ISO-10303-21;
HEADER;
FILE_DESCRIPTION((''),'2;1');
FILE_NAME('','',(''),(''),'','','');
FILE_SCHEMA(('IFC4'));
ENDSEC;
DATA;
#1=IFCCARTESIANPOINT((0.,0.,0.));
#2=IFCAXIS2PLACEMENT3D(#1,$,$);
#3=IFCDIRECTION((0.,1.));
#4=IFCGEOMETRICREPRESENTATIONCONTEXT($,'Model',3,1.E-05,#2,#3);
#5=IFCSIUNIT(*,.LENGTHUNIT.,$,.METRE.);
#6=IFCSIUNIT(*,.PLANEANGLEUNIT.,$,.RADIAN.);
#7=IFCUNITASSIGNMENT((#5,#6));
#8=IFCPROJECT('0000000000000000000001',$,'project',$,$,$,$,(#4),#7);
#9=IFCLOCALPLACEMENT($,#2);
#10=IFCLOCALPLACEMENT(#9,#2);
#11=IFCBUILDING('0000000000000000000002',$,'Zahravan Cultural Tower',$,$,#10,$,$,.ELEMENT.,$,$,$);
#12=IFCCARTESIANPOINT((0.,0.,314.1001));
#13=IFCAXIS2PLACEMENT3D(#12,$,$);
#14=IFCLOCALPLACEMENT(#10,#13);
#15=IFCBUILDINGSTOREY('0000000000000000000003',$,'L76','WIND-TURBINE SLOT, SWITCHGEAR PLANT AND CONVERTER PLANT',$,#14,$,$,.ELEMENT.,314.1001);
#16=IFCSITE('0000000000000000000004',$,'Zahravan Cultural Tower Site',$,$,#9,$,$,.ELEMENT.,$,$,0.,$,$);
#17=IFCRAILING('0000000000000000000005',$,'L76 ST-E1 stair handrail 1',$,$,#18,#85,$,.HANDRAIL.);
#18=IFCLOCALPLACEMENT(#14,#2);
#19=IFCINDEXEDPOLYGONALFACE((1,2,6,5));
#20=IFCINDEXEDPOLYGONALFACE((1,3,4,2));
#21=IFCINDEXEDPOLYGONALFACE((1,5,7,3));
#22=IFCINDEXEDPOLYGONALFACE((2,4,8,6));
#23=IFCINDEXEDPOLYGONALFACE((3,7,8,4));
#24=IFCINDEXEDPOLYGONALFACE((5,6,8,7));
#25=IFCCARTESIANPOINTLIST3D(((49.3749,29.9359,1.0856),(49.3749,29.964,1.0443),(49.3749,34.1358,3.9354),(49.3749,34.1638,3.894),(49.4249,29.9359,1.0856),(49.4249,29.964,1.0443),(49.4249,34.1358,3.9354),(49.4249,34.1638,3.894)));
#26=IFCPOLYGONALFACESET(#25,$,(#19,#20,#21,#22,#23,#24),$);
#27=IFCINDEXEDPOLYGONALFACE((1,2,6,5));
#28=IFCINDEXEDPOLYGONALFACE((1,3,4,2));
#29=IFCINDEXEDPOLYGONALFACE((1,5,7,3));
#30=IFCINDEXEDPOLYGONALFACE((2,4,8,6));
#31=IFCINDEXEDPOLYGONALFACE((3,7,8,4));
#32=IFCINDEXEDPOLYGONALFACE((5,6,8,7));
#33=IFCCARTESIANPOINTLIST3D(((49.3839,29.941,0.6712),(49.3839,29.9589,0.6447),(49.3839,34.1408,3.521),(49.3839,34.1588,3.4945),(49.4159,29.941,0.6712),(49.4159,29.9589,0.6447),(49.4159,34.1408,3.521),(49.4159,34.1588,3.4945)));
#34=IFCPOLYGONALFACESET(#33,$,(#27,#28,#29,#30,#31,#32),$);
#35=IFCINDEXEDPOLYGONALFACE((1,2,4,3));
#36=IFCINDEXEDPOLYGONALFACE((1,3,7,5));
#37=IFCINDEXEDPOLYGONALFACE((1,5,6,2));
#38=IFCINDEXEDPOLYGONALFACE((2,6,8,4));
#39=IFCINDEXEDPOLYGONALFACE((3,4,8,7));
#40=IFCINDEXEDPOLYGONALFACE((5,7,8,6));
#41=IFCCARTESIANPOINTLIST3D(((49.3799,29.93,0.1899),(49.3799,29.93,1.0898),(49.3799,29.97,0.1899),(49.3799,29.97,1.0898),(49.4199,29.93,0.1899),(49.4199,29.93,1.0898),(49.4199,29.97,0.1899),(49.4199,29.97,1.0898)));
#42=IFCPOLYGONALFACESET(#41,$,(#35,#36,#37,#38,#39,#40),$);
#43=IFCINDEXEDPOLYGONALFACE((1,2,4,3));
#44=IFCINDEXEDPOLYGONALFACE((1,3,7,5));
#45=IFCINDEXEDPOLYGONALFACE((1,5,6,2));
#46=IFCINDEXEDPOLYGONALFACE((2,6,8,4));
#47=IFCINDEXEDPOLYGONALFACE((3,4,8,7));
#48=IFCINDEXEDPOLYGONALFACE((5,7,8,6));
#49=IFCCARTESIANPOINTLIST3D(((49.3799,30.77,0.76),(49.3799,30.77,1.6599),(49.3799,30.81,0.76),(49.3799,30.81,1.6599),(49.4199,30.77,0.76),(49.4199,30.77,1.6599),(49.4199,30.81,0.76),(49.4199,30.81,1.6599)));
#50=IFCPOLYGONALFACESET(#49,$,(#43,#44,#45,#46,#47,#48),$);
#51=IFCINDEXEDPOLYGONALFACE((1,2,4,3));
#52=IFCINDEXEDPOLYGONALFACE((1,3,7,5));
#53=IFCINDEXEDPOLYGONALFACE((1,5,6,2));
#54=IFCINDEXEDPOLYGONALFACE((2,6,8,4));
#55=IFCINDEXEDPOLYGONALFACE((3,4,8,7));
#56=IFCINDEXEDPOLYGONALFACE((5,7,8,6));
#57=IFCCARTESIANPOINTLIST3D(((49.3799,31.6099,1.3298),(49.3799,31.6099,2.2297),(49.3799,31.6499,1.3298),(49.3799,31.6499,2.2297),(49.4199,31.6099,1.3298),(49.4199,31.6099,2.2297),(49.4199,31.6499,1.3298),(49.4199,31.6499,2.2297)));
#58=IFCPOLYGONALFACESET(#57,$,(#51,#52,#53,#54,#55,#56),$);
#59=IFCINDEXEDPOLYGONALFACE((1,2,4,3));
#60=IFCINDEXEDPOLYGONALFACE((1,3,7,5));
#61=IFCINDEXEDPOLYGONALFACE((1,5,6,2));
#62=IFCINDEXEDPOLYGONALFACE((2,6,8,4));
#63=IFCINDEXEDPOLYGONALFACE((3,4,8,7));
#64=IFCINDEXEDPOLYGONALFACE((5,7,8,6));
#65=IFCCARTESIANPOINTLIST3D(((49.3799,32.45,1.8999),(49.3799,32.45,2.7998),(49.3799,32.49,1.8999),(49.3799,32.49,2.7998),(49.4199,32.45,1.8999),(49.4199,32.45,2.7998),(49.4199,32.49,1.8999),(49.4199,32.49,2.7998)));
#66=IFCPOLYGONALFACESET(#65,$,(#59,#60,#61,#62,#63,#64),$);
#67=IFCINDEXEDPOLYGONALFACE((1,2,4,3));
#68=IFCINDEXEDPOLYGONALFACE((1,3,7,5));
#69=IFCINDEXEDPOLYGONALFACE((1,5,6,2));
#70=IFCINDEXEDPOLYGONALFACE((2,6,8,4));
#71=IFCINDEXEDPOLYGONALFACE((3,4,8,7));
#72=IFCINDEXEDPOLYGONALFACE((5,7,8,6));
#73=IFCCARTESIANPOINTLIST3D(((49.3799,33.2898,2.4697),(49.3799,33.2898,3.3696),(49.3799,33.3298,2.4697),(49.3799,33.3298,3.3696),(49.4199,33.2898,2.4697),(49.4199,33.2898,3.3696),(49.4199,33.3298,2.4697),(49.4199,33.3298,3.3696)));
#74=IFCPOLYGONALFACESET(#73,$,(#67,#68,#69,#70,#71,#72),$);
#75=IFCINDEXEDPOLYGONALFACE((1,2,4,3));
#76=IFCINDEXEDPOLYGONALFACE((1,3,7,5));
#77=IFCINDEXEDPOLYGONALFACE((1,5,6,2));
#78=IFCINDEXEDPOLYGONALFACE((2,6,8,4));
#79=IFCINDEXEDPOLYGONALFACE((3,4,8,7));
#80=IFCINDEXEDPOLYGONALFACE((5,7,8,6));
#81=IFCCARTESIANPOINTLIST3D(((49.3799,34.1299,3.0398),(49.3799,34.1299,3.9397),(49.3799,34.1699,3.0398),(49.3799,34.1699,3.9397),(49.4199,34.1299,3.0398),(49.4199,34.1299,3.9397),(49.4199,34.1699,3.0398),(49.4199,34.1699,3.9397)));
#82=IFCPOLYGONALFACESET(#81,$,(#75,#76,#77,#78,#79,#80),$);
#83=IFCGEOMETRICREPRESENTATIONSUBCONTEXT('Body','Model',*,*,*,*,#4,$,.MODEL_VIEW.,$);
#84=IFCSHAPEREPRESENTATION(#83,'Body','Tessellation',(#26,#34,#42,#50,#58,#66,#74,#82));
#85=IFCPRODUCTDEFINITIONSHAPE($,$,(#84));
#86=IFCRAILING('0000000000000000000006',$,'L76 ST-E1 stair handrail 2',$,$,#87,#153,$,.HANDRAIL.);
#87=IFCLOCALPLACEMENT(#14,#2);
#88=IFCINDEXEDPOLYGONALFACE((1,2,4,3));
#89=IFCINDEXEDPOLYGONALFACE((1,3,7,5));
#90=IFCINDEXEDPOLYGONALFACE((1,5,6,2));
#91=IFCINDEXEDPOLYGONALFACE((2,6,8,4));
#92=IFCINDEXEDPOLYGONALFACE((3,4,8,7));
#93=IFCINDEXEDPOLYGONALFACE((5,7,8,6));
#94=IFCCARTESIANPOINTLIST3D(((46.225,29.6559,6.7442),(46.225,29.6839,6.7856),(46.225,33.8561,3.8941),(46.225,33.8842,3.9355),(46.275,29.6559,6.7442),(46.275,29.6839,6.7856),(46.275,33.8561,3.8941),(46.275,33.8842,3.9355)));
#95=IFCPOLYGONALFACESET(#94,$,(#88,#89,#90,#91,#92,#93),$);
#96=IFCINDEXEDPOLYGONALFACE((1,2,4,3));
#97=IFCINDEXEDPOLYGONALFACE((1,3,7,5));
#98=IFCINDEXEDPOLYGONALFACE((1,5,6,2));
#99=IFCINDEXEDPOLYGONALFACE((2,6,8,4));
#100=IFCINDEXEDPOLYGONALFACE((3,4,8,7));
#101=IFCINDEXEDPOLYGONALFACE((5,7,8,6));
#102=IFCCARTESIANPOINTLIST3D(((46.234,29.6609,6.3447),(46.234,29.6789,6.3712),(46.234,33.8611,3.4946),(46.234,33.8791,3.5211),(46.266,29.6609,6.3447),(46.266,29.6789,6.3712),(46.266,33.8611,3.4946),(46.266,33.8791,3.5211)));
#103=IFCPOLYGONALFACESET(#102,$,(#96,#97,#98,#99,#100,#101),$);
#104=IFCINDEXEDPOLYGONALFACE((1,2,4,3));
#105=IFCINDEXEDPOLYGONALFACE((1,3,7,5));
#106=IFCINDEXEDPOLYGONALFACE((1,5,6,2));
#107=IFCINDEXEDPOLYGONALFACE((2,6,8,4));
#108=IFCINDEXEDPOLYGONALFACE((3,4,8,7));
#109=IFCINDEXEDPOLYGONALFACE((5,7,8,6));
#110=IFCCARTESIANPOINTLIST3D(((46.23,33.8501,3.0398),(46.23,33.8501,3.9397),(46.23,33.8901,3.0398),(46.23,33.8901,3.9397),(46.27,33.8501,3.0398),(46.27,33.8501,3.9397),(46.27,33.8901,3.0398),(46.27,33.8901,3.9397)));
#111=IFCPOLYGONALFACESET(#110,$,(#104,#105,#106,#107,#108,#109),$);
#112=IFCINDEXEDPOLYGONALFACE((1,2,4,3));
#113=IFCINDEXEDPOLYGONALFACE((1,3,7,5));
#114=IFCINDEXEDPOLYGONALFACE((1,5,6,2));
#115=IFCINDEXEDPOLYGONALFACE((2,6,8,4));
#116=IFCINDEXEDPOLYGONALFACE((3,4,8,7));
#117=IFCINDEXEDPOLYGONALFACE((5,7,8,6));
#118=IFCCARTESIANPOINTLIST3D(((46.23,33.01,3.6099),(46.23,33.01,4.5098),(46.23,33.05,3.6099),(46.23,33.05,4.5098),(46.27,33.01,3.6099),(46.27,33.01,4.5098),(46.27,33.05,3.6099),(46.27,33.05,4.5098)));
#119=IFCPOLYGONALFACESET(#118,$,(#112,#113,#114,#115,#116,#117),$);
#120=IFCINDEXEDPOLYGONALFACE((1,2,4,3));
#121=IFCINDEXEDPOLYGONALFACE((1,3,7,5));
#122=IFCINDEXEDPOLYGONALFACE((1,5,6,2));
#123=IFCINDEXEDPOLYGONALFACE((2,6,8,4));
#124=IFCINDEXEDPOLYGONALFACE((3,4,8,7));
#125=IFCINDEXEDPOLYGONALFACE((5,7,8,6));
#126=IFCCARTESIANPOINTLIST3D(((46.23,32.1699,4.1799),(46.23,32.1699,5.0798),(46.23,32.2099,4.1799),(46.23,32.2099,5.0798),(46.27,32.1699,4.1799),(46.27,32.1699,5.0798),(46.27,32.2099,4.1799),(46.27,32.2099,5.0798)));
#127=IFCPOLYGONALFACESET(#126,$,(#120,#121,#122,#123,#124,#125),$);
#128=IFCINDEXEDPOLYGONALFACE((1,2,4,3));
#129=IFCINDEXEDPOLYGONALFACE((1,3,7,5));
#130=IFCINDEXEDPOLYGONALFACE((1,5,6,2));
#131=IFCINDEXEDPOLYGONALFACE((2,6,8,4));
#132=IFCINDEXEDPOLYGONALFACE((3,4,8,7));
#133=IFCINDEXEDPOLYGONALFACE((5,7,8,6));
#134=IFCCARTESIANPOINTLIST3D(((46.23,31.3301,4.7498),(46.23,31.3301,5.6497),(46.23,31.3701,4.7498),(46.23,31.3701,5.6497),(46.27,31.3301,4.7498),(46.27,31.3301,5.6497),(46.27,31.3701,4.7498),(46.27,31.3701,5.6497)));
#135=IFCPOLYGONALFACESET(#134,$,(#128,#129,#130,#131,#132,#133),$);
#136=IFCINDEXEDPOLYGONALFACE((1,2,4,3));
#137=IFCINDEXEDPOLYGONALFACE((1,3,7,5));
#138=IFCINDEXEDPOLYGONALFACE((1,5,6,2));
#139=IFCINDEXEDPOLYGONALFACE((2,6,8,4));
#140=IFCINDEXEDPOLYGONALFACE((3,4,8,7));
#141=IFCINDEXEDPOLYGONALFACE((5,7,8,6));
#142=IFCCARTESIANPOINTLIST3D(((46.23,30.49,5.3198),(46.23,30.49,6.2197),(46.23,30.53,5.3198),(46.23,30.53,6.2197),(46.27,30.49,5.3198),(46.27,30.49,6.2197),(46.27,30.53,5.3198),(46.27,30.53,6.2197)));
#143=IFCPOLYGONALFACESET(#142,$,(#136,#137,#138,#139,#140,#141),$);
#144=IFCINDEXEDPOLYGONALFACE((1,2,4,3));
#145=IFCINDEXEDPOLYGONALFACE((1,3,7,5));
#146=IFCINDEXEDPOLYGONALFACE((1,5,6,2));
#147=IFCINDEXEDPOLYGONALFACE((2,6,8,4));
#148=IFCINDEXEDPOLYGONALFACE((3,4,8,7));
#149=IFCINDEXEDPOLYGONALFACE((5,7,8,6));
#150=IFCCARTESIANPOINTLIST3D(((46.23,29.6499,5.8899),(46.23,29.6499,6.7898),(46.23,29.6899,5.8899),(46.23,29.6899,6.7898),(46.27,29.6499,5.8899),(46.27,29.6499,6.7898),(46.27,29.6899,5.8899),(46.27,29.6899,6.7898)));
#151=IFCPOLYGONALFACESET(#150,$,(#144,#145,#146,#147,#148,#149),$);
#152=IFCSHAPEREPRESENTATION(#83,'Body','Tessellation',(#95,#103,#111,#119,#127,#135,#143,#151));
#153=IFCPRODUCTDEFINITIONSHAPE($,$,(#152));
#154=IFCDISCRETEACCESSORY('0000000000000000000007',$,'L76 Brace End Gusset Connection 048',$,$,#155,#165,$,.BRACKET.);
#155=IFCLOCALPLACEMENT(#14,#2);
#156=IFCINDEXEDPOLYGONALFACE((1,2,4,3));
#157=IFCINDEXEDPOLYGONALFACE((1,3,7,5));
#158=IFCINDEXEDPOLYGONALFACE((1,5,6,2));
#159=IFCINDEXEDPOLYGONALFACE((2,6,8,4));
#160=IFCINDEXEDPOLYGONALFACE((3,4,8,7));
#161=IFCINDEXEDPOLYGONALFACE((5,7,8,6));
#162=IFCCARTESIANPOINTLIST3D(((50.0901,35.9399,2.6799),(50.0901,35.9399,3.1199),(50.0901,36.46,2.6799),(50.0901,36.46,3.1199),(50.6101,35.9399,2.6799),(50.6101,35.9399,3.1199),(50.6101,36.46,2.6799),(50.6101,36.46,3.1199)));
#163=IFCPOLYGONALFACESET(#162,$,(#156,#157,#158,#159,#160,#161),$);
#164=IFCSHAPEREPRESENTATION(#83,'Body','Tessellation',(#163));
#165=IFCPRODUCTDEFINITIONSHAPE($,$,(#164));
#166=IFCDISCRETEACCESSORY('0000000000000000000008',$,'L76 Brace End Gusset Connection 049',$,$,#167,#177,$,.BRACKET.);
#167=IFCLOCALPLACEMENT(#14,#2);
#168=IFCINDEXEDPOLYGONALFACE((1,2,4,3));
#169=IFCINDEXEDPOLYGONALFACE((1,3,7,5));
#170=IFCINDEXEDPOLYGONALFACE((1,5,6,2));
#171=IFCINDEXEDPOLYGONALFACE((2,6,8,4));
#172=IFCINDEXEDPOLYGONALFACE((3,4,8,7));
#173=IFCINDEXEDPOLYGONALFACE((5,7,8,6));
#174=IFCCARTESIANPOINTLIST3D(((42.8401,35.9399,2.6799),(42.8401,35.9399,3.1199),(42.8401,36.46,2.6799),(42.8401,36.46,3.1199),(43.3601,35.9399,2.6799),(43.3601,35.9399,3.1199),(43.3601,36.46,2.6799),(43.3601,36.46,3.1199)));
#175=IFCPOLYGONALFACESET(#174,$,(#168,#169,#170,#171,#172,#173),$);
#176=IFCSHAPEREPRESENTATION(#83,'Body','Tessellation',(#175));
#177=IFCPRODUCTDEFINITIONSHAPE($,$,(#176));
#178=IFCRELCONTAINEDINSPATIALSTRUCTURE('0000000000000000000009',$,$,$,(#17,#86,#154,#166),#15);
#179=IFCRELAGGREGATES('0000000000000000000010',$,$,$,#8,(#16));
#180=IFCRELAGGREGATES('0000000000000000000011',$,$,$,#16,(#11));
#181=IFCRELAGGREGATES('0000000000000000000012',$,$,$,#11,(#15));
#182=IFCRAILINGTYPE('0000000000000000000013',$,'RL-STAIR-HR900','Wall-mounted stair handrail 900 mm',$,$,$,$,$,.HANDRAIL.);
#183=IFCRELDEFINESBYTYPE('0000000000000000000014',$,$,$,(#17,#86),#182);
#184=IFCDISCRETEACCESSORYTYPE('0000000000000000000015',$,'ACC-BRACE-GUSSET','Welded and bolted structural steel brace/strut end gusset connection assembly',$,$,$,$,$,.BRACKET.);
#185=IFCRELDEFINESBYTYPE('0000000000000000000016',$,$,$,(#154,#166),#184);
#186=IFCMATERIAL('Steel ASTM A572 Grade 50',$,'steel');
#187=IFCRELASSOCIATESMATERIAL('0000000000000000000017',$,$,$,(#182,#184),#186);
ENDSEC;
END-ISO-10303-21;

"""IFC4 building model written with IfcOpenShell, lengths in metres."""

from ifc_helpers import new_model, si_unit, direction, frame, origin, origin_2d, place, context, subcontext, project, spatial, rectangle, extrude, source, transform, mapped, material, type_object, element, save


model = new_model("IFC4")

# Units and contexts
model_context = context("Model", 3, precision=1e-05, world=origin(), true_north=direction((0.0, 1.0)))
body_context = subcontext(model_context, "Body", "Model", "MODEL_VIEW")
ifc_project = project(units=[si_unit("LENGTHUNIT", "METRE"), si_unit("PLANEANGLEUNIT", "RADIAN")], contexts=[model_context])

# Site, building, storey
site_placement = place(None, origin())
site = spatial("IfcSite", under=ifc_project, at=site_placement, Name="Zahravan Cultural Tower Site", CompositionType="ELEMENT", RefElevation=0.0)
building_placement = place(site_placement, origin())
building = spatial("IfcBuilding", under=site, at=building_placement, Name="Zahravan Cultural Tower", CompositionType="ELEMENT")
storey_placement = place(building_placement, frame((0.0, 0.0, 314.1001)))
storey = spatial("IfcBuildingStorey", under=building, at=storey_placement, Name="L76", Description="WIND-TURBINE SLOT, SWITCHGEAR PLANT AND CONVERTER PLANT", CompositionType="ELEMENT", Elevation=314.1001)

# Shared definitions
ifc_material_1 = material(Name="Steel ASTM A572 Grade 50", Category="steel")

# Railings
railing_type_1 = type_object("IfcRailingType", Name="RL-STAIR-HR900", Description="Wall-mounted stair handrail 900 mm", PredefinedType="HANDRAIL", material=ifc_material_1)
railing_1_placement = place(storey_placement, frame((49.3999, 29.95, 0.1899)))
element("IfcRailing", 1, at=railing_1_placement, inside=storey, type_object=railing_type_1, Name="L76 ST-E1 stair handrail 1", PredefinedType="HANDRAIL", context=body_context, shape_type="SweptSolid", body=[
    extrude(rectangle(XDim=0.05, YDim=0.05, at=origin_2d()), frame((0.0, 0.0, 0.875), z_axis=(0.0, 0.827486, 0.561486), x_axis=(-1.0, 0.0, 0.0)), (0.0, 0.0, 1.0), 5.0754),
    extrude(rectangle(XDim=0.032, YDim=0.032, at=origin_2d()), frame((0.0, 0.0, 0.468), z_axis=(0.0, 0.827486, 0.561486), x_axis=(-1.0, 0.0, 0.0)), (0.0, 0.0, 1.0), 5.0754),
    extrude(rectangle(XDim=0.04, YDim=0.04, at=origin_2d()), origin(), (0.0, 0.0, 1.0), 0.8999),
    extrude(rectangle(XDim=0.04, YDim=0.04, at=origin_2d()), frame((0.0, 0.8401, 0.5701)), (0.0, 0.0, 1.0), 0.8999),
    extrude(rectangle(XDim=0.04, YDim=0.04, at=origin_2d()), frame((0.0, 1.6799, 1.1399)), (0.0, 0.0, 1.0), 0.8999),
    extrude(rectangle(XDim=0.04, YDim=0.04, at=origin_2d()), frame((0.0, 2.52, 1.71)), (0.0, 0.0, 1.0), 0.8999),
    extrude(rectangle(XDim=0.04, YDim=0.04, at=origin_2d()), frame((0.0, 3.3599, 2.2798)), (0.0, 0.0, 1.0), 0.8999),
    extrude(rectangle(XDim=0.04, YDim=0.04, at=origin_2d()), frame((0.0, 4.2, 2.8499)), (0.0, 0.0, 1.0), 0.8999),
])
railing_2_placement = place(storey_placement, frame((46.25, 33.8701, 3.0398)))
element("IfcRailing", 2, at=railing_2_placement, inside=storey, type_object=railing_type_1, Name="L76 ST-E1 stair handrail 2", PredefinedType="HANDRAIL", context=body_context, shape_type="SweptSolid", body=[
    extrude(rectangle(XDim=0.05, YDim=0.05, at=origin_2d()), frame((0.0, 0.0, 0.875), z_axis=(0.0, -0.827479, 0.561497), x_axis=(1.0, 0.0, 0.0)), (0.0, 0.0, 1.0), 5.0759),
    extrude(rectangle(XDim=0.032, YDim=0.032, at=origin_2d()), frame((0.0, 0.0, 0.468), z_axis=(0.0, -0.827479, 0.561497), x_axis=(1.0, 0.0, 0.0)), (0.0, 0.0, 1.0), 5.0759),
    extrude(rectangle(XDim=0.04, YDim=0.04, at=origin_2d()), origin(), (0.0, 0.0, 1.0), 0.8999),
    extrude(rectangle(XDim=0.04, YDim=0.04, at=origin_2d()), frame((0.0, -0.8401, 0.5701)), (0.0, 0.0, 1.0), 0.8999),
    extrude(rectangle(XDim=0.04, YDim=0.04, at=origin_2d()), frame((0.0, -1.6802, 1.1401)), (0.0, 0.0, 1.0), 0.8999),
    extrude(rectangle(XDim=0.04, YDim=0.04, at=origin_2d()), frame((0.0, -2.52, 1.71)), (0.0, 0.0, 1.0), 0.8999),
    extrude(rectangle(XDim=0.04, YDim=0.04, at=origin_2d()), frame((0.0, -3.3601, 2.28)), (0.0, 0.0, 1.0), 0.8999),
    extrude(rectangle(XDim=0.04, YDim=0.04, at=origin_2d()), frame((0.0, -4.2002, 2.8501)), (0.0, 0.0, 1.0), 0.8999),
])

# Discrete accessories
discrete_accessory_type = type_object("IfcDiscreteAccessoryType", Name="ACC-BRACE-GUSSET", Description="Welded and bolted structural steel brace/strut end gusset connection assembly", PredefinedType="BRACKET", material=ifc_material_1)
shared_shape_1 = source(origin(), body_context, "Body", "SweptSolid", [
    extrude(rectangle(XDim=0.52, YDim=0.52, at=origin_2d()), origin(), (0.0, 0.0, 1.0), 0.4399),
])
for number, where, z_axis, x_axis, name in (
    (3, (50.3501, 36.2, 2.6799), (0.0, 0.0, 1.0), (1.0, 0.0, 0.0), "L76 Brace End Gusset Connection 048"),
    (4, (43.1001, 36.2, 2.6799), (0.0, 0.0, 1.0), (1.0, 0.0, 0.0), "L76 Brace End Gusset Connection 049"),
):
    element("IfcDiscreteAccessory", number, at=place(storey_placement, frame(where, z_axis=z_axis, x_axis=x_axis)), inside=storey, type_object=discrete_accessory_type, Name=name, PredefinedType="BRACKET", context=body_context, shape_type="MappedRepresentation", body=[
        mapped(shared_shape_1, transform((0.0, 0.0, 0.0), x_axis=(1.0, 0.0, 0.0), y_axis=(0.0, 1.0, 0.0), z_axis=(0.0, 0.0, 1.0), scale=1.0)),
    ])

save(model, "model.ifc")
